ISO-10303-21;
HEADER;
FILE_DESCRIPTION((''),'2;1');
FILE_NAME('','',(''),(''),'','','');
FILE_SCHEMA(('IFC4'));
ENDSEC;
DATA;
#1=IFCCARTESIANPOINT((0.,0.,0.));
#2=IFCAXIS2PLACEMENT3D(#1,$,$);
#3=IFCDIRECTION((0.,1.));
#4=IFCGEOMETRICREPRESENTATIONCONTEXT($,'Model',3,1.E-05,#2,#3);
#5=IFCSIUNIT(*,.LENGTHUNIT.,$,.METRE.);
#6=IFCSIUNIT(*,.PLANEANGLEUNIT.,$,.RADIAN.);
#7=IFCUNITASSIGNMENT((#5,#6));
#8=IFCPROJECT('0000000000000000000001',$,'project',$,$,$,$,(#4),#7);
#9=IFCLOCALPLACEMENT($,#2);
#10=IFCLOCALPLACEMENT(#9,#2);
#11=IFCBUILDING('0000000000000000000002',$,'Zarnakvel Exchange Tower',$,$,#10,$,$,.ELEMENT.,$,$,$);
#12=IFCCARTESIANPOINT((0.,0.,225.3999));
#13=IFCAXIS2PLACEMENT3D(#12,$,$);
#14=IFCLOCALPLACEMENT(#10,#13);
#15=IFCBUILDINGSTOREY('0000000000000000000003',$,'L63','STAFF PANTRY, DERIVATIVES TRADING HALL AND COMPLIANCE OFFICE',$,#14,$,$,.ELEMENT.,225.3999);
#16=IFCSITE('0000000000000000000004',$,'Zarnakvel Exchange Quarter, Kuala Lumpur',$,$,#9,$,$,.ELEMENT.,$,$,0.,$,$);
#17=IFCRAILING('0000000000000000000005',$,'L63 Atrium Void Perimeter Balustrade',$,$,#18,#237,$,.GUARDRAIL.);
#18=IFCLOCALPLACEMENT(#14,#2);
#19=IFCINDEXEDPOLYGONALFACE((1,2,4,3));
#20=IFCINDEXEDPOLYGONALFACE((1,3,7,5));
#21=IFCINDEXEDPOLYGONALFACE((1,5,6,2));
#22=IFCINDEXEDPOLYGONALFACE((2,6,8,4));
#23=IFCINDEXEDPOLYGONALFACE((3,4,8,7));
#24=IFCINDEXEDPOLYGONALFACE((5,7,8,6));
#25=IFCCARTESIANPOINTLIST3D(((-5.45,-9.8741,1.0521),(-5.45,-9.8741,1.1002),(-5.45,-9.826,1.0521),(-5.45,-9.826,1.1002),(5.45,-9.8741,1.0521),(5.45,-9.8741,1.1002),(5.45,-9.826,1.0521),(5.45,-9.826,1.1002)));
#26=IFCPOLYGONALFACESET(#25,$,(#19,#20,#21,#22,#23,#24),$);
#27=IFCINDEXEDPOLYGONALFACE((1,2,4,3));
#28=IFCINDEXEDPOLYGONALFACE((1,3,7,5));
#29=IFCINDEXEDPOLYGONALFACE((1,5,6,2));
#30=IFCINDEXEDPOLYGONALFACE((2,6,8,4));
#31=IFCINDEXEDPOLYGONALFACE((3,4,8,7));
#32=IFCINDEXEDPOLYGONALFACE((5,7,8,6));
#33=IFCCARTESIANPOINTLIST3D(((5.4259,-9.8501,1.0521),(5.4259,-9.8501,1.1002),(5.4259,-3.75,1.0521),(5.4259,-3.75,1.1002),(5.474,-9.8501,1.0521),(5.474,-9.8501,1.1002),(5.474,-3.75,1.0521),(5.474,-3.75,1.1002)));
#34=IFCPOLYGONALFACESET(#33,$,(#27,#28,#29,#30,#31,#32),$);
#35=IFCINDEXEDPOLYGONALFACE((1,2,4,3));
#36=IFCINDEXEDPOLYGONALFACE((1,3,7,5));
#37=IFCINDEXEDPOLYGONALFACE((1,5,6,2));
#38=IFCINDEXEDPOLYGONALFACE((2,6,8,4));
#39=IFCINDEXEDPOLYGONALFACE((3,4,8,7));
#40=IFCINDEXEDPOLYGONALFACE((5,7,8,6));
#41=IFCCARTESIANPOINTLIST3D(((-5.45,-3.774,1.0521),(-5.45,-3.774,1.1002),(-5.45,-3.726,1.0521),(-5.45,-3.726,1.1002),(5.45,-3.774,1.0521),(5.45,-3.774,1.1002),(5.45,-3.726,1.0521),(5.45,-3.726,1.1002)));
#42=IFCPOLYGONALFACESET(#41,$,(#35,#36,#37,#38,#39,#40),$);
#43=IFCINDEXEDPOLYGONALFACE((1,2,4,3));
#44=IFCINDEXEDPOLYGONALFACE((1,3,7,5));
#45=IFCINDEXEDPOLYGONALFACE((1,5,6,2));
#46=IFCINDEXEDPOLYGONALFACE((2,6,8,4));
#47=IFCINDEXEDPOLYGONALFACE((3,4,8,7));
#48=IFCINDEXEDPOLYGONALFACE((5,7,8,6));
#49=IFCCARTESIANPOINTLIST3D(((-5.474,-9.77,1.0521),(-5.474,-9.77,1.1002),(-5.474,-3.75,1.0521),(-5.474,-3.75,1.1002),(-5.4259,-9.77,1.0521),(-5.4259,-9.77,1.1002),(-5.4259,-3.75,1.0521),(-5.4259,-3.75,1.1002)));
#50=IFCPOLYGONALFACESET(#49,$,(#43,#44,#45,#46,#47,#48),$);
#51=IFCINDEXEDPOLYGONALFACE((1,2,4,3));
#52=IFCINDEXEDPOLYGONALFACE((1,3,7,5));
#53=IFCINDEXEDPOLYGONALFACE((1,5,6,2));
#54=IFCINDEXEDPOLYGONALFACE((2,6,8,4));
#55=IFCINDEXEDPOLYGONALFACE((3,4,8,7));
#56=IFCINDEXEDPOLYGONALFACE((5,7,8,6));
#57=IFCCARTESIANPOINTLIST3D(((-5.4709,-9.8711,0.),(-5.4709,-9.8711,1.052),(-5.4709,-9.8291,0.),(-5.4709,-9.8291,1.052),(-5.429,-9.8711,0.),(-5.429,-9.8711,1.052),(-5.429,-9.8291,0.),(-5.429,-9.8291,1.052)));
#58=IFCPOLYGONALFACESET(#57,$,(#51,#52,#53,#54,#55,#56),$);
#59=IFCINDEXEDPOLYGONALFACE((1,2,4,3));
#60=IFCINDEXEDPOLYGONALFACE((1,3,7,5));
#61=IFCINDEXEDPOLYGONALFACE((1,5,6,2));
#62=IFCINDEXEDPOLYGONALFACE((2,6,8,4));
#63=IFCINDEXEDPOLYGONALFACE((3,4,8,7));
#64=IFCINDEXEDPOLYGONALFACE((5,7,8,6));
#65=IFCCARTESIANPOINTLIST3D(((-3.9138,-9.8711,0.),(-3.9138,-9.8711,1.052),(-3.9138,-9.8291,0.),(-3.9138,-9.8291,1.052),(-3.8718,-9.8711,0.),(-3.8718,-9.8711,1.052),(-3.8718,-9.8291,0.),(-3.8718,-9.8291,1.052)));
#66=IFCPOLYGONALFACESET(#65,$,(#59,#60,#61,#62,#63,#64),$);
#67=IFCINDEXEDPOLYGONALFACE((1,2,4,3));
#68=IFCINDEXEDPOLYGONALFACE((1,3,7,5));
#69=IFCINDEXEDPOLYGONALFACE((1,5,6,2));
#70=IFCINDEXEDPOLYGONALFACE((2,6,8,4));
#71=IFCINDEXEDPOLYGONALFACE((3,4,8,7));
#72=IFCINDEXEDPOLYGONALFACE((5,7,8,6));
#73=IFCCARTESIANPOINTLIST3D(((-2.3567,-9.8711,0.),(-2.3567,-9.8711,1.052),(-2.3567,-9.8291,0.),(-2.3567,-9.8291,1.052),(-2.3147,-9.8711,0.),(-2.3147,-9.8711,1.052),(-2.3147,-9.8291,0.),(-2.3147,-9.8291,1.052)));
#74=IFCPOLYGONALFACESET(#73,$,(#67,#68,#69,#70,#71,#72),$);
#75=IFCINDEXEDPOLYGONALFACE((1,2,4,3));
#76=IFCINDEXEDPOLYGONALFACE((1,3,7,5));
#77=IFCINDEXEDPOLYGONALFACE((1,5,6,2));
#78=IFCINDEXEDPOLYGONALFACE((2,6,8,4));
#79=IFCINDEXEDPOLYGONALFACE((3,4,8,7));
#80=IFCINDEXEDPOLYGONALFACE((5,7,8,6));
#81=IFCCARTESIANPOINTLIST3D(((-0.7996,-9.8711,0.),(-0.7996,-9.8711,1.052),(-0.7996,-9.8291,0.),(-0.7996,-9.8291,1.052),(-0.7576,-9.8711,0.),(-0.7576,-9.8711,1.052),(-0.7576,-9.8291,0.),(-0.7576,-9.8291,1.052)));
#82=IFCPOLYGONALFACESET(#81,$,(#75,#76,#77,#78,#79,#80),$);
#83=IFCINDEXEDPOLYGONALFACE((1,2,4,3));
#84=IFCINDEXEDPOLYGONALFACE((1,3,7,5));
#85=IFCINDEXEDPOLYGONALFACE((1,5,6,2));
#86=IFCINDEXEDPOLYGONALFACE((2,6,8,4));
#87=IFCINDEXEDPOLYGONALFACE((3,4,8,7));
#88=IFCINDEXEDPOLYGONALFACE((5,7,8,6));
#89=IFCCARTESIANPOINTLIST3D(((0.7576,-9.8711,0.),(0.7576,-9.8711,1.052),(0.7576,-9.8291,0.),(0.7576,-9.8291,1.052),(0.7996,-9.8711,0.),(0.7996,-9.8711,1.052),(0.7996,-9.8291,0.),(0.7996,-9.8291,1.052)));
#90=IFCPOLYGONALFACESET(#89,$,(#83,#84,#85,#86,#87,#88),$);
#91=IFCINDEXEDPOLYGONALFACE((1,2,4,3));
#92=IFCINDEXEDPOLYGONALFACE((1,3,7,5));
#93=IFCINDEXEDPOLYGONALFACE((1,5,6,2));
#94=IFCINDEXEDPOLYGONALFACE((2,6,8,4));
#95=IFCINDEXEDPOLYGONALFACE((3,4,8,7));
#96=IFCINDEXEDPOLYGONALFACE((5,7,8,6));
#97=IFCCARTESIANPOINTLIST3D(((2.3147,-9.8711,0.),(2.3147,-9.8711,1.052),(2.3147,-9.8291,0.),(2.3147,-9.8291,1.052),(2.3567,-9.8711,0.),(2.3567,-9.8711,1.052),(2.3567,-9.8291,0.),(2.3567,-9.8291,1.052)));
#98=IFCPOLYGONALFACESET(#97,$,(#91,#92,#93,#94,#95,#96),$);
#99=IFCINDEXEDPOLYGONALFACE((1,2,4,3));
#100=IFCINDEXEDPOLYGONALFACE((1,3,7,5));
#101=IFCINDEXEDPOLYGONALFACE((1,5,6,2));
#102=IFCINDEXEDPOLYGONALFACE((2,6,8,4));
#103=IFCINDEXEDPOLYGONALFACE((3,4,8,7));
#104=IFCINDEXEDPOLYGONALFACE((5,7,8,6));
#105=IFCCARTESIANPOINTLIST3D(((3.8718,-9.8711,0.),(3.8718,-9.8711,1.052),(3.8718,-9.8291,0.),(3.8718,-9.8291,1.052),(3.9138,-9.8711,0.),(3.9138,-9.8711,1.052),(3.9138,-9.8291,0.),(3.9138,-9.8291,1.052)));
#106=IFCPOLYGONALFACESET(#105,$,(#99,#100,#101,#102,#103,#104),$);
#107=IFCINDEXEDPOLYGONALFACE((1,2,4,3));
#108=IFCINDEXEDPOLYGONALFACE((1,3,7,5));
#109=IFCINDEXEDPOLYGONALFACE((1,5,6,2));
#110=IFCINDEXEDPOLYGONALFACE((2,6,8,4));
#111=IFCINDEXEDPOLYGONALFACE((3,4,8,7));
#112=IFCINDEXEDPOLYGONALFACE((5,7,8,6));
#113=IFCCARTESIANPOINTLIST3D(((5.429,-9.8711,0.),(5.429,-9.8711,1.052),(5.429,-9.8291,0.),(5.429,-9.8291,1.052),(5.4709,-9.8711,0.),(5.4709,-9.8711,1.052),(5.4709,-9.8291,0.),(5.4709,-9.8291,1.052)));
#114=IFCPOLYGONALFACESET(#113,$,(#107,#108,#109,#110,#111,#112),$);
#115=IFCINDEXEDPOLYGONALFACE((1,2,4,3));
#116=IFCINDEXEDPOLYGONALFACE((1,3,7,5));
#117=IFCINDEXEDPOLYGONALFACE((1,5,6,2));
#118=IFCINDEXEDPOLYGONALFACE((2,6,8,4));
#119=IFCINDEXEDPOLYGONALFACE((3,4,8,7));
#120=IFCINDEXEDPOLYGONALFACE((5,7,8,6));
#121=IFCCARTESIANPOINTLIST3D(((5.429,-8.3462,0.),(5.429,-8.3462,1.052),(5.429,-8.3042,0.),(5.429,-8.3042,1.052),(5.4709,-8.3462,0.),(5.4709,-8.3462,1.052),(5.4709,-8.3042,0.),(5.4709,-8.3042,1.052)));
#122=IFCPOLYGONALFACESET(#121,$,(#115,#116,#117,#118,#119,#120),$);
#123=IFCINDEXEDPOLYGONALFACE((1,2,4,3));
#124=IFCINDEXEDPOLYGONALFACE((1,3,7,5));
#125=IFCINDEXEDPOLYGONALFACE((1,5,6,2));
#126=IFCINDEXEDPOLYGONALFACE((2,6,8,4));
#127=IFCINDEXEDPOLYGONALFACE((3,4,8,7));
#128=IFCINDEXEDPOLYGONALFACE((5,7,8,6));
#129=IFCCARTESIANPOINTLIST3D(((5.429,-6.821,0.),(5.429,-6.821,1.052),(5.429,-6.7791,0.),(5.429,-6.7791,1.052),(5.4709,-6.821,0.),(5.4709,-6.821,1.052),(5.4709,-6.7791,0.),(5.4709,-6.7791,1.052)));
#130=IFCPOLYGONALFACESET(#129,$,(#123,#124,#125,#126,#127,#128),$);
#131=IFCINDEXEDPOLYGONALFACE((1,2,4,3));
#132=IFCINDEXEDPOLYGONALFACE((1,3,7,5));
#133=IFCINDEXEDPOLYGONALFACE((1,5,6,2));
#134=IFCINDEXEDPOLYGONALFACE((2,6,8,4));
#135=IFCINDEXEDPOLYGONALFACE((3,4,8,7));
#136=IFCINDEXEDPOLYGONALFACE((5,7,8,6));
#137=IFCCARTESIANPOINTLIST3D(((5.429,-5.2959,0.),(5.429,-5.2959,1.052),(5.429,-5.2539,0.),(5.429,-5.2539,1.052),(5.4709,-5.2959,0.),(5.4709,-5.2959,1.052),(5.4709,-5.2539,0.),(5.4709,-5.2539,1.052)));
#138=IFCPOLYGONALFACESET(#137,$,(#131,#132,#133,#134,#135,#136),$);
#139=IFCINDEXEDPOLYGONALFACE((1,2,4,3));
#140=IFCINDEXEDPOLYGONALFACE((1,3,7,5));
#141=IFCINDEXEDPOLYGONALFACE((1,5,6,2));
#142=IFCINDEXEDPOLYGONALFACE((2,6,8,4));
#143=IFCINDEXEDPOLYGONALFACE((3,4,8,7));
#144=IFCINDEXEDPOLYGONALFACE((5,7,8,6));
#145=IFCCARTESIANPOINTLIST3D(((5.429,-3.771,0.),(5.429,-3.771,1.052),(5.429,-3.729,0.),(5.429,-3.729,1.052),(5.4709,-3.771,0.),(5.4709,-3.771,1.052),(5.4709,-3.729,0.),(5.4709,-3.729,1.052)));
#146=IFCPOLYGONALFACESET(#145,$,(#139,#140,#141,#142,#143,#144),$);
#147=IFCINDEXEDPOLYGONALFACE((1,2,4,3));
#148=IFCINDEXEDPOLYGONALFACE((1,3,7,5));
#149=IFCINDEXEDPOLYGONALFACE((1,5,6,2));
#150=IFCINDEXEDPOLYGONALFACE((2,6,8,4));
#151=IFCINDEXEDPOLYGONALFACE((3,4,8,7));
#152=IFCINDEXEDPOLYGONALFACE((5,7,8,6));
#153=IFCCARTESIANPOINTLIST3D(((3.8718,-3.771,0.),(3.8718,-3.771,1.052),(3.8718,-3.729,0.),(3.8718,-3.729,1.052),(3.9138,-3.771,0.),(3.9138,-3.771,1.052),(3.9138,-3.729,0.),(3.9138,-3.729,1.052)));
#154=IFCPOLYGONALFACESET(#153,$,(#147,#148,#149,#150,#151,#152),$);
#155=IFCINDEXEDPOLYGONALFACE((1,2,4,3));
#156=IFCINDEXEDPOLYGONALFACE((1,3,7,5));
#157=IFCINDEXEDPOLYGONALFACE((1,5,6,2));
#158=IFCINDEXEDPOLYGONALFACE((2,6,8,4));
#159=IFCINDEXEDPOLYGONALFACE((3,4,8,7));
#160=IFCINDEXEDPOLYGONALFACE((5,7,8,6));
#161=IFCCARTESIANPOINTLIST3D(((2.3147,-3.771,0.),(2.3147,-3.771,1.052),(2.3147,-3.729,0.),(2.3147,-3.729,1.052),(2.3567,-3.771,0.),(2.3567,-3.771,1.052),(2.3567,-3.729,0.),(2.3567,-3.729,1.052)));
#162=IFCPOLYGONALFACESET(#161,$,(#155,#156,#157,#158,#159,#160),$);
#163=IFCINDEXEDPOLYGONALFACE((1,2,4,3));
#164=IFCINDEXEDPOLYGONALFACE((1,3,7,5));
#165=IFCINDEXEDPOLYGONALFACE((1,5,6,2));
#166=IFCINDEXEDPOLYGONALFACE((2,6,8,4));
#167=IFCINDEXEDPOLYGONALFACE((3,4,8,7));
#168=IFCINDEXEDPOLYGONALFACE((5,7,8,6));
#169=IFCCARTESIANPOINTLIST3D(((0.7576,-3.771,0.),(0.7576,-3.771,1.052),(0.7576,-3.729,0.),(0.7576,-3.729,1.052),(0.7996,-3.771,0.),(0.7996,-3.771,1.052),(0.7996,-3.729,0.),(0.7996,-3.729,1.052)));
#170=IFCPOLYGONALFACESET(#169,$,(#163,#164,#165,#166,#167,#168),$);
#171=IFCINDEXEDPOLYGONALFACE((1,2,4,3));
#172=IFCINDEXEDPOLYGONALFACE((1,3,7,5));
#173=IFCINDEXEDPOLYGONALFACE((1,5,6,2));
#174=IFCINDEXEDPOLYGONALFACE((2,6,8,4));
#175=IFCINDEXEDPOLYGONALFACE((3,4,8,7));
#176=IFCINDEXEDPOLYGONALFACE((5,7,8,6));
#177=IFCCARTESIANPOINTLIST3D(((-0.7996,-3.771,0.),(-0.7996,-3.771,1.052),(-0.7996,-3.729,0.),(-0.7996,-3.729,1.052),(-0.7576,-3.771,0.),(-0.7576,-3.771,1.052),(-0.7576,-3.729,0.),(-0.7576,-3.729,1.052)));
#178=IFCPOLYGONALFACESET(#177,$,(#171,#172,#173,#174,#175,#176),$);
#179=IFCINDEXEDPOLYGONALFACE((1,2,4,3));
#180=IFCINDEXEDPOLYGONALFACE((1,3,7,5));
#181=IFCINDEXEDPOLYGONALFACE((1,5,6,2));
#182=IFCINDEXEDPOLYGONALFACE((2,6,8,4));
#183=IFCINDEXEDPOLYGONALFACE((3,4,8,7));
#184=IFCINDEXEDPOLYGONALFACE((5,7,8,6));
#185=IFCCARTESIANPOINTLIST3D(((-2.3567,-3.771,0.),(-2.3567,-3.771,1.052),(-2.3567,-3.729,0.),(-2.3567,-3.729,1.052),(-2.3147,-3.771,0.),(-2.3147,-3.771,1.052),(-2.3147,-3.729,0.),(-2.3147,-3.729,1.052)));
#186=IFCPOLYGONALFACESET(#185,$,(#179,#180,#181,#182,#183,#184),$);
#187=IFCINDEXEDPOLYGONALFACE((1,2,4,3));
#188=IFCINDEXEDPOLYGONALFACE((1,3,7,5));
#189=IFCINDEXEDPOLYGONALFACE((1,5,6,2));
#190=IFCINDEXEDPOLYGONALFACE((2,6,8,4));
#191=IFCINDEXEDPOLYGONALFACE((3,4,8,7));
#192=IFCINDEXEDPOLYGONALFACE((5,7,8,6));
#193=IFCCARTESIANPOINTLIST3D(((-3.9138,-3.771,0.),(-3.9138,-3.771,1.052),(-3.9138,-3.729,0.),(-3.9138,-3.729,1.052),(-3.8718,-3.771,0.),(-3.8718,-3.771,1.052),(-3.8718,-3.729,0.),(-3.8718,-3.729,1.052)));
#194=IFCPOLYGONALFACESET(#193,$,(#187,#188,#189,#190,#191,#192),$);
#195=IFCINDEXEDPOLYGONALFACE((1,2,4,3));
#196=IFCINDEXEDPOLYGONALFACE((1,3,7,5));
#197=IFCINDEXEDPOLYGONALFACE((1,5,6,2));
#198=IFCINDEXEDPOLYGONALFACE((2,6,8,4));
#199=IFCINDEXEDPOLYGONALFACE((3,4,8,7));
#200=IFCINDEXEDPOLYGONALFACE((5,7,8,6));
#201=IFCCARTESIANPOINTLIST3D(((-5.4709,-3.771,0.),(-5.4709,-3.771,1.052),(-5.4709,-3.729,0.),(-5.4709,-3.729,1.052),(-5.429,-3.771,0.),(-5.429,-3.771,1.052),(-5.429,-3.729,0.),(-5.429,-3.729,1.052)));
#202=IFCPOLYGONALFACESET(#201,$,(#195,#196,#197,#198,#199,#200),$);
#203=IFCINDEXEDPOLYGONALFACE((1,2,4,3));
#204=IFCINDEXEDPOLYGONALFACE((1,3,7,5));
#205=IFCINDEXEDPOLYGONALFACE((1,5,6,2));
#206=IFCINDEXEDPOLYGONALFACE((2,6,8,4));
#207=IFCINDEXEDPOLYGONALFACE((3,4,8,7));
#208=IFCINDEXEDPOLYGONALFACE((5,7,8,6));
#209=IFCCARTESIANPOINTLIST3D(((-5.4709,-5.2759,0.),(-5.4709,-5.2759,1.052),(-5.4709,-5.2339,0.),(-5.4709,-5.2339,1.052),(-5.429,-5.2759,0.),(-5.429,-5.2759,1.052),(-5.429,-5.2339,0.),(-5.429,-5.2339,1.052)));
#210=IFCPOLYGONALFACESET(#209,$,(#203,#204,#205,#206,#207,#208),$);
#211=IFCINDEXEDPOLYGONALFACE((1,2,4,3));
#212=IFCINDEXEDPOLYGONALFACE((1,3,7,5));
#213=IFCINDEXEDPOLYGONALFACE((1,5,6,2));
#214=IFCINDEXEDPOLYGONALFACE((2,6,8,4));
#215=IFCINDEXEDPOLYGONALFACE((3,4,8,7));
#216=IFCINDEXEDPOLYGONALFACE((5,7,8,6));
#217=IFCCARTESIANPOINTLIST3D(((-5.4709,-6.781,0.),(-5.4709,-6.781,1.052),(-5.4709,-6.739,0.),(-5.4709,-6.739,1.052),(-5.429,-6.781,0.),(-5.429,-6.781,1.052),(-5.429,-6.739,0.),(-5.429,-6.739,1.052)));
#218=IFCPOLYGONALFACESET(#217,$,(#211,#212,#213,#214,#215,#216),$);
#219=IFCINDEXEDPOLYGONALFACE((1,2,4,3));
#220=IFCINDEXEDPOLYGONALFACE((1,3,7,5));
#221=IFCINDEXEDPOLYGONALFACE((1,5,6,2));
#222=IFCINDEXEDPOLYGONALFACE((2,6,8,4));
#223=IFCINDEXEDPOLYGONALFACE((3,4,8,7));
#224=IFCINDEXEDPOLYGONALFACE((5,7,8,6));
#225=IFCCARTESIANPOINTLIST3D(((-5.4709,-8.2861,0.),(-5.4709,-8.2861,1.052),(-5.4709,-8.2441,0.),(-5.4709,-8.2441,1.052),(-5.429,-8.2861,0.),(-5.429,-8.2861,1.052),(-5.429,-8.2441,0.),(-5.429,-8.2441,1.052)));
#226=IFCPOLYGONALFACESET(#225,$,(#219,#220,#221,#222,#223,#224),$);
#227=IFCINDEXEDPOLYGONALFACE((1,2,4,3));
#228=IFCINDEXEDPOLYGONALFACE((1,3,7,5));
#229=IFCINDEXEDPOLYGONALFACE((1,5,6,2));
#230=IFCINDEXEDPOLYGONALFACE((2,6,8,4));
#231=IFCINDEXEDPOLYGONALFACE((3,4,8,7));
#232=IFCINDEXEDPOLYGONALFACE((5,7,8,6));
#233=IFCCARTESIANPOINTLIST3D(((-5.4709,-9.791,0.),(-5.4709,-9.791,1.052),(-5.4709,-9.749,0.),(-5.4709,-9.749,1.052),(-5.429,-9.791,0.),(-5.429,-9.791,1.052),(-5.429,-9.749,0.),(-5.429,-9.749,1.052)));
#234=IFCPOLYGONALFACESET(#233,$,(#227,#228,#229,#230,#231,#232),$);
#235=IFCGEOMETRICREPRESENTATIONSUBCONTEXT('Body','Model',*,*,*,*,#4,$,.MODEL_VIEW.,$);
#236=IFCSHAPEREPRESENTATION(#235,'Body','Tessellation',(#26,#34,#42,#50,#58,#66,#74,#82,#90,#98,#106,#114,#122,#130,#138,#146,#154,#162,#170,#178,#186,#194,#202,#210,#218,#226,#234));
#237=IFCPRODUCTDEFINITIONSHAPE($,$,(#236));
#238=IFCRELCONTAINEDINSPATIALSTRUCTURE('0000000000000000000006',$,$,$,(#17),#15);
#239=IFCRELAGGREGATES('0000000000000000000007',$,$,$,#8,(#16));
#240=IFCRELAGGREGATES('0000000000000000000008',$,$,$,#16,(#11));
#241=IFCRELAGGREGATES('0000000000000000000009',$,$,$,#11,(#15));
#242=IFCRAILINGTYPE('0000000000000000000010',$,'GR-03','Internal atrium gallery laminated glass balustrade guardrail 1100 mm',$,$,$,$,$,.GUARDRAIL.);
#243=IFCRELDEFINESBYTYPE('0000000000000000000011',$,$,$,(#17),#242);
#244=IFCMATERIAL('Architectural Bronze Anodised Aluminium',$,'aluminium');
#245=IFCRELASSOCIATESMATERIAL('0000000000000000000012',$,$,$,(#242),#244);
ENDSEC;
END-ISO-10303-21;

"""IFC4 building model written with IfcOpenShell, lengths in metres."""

from ifc_helpers import new_model, si_unit, direction, frame, origin, origin_2d, place, context, subcontext, project, spatial, rectangle, extrude, material, type_object, element, save


model = new_model("IFC4")

# Units and contexts
model_context = context("Model", 3, precision=1e-05, world=origin(), true_north=direction((0.0, 1.0)))
body_context = subcontext(model_context, "Body", "Model", "MODEL_VIEW")
ifc_project = project(units=[si_unit("LENGTHUNIT", "METRE"), si_unit("PLANEANGLEUNIT", "RADIAN")], contexts=[model_context])

# Site, building, storey
site_placement = place(None, origin())
site = spatial("IfcSite", under=ifc_project, at=site_placement, Name="Zarnakvel Exchange Quarter, Kuala Lumpur", CompositionType="ELEMENT", RefElevation=0.0)
building_placement = place(site_placement, origin())
building = spatial("IfcBuilding", under=site, at=building_placement, Name="Zarnakvel Exchange Tower", CompositionType="ELEMENT")
storey_placement = place(building_placement, frame((0.0, 0.0, 225.3999)))
storey = spatial("IfcBuildingStorey", under=building, at=storey_placement, Name="L63", Description="STAFF PANTRY, DERIVATIVES TRADING HALL AND COMPLIANCE OFFICE", CompositionType="ELEMENT", Elevation=225.3999)

# Railing
ifc_material_1 = material(Name="Architectural Bronze Anodised Aluminium", Category="aluminium")
railing_type_1 = type_object("IfcRailingType", Name="GR-03", Description="Internal atrium gallery laminated glass balustrade guardrail 1100 mm", PredefinedType="GUARDRAIL", material=ifc_material_1)
railing_1_placement = place(storey_placement, frame((-5.45, -9.8501, 0.0)))
element("IfcRailing", 1, at=railing_1_placement, inside=storey, type_object=railing_type_1, Name="L63 Atrium Void Perimeter Balustrade", PredefinedType="GUARDRAIL", context=body_context, shape_type="SweptSolid", body=[
    extrude(rectangle(XDim=0.0481, YDim=0.0481, at=origin_2d()), frame((0.0, 0.0, 1.0762), z_axis=(1.0, 0.0, 0.0), x_axis=(0.0, 1.0, 0.0)), (0.0, 0.0, 1.0), 10.8999),
    extrude(rectangle(XDim=0.0481, YDim=0.0481, at=origin_2d()), frame((10.8999, 0.0, 1.0762), z_axis=(0.0, 1.0, 0.0), x_axis=(-1.0, 0.0, 0.0)), (0.0, 0.0, 1.0), 6.1001),
    extrude(rectangle(XDim=0.0481, YDim=0.0481, at=origin_2d()), frame((10.8999, 6.1001, 1.0762), z_axis=(-1.0, 0.0, 0.0), x_axis=(0.0, -1.0, 0.0)), (0.0, 0.0, 1.0), 10.8999),
    extrude(rectangle(XDim=0.0481, YDim=0.0481, at=origin_2d()), frame((0.0, 6.1001, 1.0762), z_axis=(0.0, -1.0, 0.0), x_axis=(1.0, 0.0, 0.0)), (0.0, 0.0, 1.0), 6.02),
    extrude(rectangle(XDim=0.042, YDim=0.042, at=origin_2d()), origin(), (0.0, 0.0, 1.0), 1.052),
    extrude(rectangle(XDim=0.042, YDim=0.042, at=origin_2d()), frame((1.5571, 0.0, 0.0)), (0.0, 0.0, 1.0), 1.052),
    extrude(rectangle(XDim=0.042, YDim=0.042, at=origin_2d()), frame((3.1143, 0.0, 0.0)), (0.0, 0.0, 1.0), 1.052),
    extrude(rectangle(XDim=0.042, YDim=0.042, at=origin_2d()), frame((4.6714, 0.0, 0.0)), (0.0, 0.0, 1.0), 1.052),
    extrude(rectangle(XDim=0.042, YDim=0.042, at=origin_2d()), frame((6.2285, 0.0, 0.0)), (0.0, 0.0, 1.0), 1.052),
    extrude(rectangle(XDim=0.042, YDim=0.042, at=origin_2d()), frame((7.7856, 0.0, 0.0)), (0.0, 0.0, 1.0), 1.052),
    extrude(rectangle(XDim=0.042, YDim=0.042, at=origin_2d()), frame((9.3428, 0.0, 0.0)), (0.0, 0.0, 1.0), 1.052),
    extrude(rectangle(XDim=0.042, YDim=0.042, at=origin_2d()), frame((10.8999, 0.0, 0.0)), (0.0, 0.0, 1.0), 1.052),
    extrude(rectangle(XDim=0.042, YDim=0.042, at=origin_2d()), frame((10.8999, 1.5249, 0.0)), (0.0, 0.0, 1.0), 1.052),
    extrude(rectangle(XDim=0.042, YDim=0.042, at=origin_2d()), frame((10.8999, 3.05, 0.0)), (0.0, 0.0, 1.0), 1.052),
    extrude(rectangle(XDim=0.042, YDim=0.042, at=origin_2d()), frame((10.8999, 4.5752, 0.0)), (0.0, 0.0, 1.0), 1.052),
    extrude(rectangle(XDim=0.042, YDim=0.042, at=origin_2d()), frame((10.8999, 6.1001, 0.0)), (0.0, 0.0, 1.0), 1.052),
    extrude(rectangle(XDim=0.042, YDim=0.042, at=origin_2d()), frame((9.3428, 6.1001, 0.0)), (0.0, 0.0, 1.0), 1.052),
    extrude(rectangle(XDim=0.042, YDim=0.042, at=origin_2d()), frame((7.7856, 6.1001, 0.0)), (0.0, 0.0, 1.0), 1.052),
    extrude(rectangle(XDim=0.042, YDim=0.042, at=origin_2d()), frame((6.2285, 6.1001, 0.0)), (0.0, 0.0, 1.0), 1.052),
    extrude(rectangle(XDim=0.042, YDim=0.042, at=origin_2d()), frame((4.6714, 6.1001, 0.0)), (0.0, 0.0, 1.0), 1.052),
    extrude(rectangle(XDim=0.042, YDim=0.042, at=origin_2d()), frame((3.1143, 6.1001, 0.0)), (0.0, 0.0, 1.0), 1.052),
    extrude(rectangle(XDim=0.042, YDim=0.042, at=origin_2d()), frame((1.5571, 6.1001, 0.0)), (0.0, 0.0, 1.0), 1.052),
    extrude(rectangle(XDim=0.042, YDim=0.042, at=origin_2d()), frame((0.0, 6.1001, 0.0)), (0.0, 0.0, 1.0), 1.052),
    extrude(rectangle(XDim=0.042, YDim=0.042, at=origin_2d()), frame((0.0, 4.5952, 0.0)), (0.0, 0.0, 1.0), 1.052),
    extrude(rectangle(XDim=0.042, YDim=0.042, at=origin_2d()), frame((0.0, 3.0901, 0.0)), (0.0, 0.0, 1.0), 1.052),
    extrude(rectangle(XDim=0.042, YDim=0.042, at=origin_2d()), frame((0.0, 1.585, 0.0)), (0.0, 0.0, 1.0), 1.052),
    extrude(rectangle(XDim=0.042, YDim=0.042, at=origin_2d()), frame((0.0, 0.0801, 0.0)), (0.0, 0.0, 1.0), 1.052),
])

save(model, "model.ifc")
